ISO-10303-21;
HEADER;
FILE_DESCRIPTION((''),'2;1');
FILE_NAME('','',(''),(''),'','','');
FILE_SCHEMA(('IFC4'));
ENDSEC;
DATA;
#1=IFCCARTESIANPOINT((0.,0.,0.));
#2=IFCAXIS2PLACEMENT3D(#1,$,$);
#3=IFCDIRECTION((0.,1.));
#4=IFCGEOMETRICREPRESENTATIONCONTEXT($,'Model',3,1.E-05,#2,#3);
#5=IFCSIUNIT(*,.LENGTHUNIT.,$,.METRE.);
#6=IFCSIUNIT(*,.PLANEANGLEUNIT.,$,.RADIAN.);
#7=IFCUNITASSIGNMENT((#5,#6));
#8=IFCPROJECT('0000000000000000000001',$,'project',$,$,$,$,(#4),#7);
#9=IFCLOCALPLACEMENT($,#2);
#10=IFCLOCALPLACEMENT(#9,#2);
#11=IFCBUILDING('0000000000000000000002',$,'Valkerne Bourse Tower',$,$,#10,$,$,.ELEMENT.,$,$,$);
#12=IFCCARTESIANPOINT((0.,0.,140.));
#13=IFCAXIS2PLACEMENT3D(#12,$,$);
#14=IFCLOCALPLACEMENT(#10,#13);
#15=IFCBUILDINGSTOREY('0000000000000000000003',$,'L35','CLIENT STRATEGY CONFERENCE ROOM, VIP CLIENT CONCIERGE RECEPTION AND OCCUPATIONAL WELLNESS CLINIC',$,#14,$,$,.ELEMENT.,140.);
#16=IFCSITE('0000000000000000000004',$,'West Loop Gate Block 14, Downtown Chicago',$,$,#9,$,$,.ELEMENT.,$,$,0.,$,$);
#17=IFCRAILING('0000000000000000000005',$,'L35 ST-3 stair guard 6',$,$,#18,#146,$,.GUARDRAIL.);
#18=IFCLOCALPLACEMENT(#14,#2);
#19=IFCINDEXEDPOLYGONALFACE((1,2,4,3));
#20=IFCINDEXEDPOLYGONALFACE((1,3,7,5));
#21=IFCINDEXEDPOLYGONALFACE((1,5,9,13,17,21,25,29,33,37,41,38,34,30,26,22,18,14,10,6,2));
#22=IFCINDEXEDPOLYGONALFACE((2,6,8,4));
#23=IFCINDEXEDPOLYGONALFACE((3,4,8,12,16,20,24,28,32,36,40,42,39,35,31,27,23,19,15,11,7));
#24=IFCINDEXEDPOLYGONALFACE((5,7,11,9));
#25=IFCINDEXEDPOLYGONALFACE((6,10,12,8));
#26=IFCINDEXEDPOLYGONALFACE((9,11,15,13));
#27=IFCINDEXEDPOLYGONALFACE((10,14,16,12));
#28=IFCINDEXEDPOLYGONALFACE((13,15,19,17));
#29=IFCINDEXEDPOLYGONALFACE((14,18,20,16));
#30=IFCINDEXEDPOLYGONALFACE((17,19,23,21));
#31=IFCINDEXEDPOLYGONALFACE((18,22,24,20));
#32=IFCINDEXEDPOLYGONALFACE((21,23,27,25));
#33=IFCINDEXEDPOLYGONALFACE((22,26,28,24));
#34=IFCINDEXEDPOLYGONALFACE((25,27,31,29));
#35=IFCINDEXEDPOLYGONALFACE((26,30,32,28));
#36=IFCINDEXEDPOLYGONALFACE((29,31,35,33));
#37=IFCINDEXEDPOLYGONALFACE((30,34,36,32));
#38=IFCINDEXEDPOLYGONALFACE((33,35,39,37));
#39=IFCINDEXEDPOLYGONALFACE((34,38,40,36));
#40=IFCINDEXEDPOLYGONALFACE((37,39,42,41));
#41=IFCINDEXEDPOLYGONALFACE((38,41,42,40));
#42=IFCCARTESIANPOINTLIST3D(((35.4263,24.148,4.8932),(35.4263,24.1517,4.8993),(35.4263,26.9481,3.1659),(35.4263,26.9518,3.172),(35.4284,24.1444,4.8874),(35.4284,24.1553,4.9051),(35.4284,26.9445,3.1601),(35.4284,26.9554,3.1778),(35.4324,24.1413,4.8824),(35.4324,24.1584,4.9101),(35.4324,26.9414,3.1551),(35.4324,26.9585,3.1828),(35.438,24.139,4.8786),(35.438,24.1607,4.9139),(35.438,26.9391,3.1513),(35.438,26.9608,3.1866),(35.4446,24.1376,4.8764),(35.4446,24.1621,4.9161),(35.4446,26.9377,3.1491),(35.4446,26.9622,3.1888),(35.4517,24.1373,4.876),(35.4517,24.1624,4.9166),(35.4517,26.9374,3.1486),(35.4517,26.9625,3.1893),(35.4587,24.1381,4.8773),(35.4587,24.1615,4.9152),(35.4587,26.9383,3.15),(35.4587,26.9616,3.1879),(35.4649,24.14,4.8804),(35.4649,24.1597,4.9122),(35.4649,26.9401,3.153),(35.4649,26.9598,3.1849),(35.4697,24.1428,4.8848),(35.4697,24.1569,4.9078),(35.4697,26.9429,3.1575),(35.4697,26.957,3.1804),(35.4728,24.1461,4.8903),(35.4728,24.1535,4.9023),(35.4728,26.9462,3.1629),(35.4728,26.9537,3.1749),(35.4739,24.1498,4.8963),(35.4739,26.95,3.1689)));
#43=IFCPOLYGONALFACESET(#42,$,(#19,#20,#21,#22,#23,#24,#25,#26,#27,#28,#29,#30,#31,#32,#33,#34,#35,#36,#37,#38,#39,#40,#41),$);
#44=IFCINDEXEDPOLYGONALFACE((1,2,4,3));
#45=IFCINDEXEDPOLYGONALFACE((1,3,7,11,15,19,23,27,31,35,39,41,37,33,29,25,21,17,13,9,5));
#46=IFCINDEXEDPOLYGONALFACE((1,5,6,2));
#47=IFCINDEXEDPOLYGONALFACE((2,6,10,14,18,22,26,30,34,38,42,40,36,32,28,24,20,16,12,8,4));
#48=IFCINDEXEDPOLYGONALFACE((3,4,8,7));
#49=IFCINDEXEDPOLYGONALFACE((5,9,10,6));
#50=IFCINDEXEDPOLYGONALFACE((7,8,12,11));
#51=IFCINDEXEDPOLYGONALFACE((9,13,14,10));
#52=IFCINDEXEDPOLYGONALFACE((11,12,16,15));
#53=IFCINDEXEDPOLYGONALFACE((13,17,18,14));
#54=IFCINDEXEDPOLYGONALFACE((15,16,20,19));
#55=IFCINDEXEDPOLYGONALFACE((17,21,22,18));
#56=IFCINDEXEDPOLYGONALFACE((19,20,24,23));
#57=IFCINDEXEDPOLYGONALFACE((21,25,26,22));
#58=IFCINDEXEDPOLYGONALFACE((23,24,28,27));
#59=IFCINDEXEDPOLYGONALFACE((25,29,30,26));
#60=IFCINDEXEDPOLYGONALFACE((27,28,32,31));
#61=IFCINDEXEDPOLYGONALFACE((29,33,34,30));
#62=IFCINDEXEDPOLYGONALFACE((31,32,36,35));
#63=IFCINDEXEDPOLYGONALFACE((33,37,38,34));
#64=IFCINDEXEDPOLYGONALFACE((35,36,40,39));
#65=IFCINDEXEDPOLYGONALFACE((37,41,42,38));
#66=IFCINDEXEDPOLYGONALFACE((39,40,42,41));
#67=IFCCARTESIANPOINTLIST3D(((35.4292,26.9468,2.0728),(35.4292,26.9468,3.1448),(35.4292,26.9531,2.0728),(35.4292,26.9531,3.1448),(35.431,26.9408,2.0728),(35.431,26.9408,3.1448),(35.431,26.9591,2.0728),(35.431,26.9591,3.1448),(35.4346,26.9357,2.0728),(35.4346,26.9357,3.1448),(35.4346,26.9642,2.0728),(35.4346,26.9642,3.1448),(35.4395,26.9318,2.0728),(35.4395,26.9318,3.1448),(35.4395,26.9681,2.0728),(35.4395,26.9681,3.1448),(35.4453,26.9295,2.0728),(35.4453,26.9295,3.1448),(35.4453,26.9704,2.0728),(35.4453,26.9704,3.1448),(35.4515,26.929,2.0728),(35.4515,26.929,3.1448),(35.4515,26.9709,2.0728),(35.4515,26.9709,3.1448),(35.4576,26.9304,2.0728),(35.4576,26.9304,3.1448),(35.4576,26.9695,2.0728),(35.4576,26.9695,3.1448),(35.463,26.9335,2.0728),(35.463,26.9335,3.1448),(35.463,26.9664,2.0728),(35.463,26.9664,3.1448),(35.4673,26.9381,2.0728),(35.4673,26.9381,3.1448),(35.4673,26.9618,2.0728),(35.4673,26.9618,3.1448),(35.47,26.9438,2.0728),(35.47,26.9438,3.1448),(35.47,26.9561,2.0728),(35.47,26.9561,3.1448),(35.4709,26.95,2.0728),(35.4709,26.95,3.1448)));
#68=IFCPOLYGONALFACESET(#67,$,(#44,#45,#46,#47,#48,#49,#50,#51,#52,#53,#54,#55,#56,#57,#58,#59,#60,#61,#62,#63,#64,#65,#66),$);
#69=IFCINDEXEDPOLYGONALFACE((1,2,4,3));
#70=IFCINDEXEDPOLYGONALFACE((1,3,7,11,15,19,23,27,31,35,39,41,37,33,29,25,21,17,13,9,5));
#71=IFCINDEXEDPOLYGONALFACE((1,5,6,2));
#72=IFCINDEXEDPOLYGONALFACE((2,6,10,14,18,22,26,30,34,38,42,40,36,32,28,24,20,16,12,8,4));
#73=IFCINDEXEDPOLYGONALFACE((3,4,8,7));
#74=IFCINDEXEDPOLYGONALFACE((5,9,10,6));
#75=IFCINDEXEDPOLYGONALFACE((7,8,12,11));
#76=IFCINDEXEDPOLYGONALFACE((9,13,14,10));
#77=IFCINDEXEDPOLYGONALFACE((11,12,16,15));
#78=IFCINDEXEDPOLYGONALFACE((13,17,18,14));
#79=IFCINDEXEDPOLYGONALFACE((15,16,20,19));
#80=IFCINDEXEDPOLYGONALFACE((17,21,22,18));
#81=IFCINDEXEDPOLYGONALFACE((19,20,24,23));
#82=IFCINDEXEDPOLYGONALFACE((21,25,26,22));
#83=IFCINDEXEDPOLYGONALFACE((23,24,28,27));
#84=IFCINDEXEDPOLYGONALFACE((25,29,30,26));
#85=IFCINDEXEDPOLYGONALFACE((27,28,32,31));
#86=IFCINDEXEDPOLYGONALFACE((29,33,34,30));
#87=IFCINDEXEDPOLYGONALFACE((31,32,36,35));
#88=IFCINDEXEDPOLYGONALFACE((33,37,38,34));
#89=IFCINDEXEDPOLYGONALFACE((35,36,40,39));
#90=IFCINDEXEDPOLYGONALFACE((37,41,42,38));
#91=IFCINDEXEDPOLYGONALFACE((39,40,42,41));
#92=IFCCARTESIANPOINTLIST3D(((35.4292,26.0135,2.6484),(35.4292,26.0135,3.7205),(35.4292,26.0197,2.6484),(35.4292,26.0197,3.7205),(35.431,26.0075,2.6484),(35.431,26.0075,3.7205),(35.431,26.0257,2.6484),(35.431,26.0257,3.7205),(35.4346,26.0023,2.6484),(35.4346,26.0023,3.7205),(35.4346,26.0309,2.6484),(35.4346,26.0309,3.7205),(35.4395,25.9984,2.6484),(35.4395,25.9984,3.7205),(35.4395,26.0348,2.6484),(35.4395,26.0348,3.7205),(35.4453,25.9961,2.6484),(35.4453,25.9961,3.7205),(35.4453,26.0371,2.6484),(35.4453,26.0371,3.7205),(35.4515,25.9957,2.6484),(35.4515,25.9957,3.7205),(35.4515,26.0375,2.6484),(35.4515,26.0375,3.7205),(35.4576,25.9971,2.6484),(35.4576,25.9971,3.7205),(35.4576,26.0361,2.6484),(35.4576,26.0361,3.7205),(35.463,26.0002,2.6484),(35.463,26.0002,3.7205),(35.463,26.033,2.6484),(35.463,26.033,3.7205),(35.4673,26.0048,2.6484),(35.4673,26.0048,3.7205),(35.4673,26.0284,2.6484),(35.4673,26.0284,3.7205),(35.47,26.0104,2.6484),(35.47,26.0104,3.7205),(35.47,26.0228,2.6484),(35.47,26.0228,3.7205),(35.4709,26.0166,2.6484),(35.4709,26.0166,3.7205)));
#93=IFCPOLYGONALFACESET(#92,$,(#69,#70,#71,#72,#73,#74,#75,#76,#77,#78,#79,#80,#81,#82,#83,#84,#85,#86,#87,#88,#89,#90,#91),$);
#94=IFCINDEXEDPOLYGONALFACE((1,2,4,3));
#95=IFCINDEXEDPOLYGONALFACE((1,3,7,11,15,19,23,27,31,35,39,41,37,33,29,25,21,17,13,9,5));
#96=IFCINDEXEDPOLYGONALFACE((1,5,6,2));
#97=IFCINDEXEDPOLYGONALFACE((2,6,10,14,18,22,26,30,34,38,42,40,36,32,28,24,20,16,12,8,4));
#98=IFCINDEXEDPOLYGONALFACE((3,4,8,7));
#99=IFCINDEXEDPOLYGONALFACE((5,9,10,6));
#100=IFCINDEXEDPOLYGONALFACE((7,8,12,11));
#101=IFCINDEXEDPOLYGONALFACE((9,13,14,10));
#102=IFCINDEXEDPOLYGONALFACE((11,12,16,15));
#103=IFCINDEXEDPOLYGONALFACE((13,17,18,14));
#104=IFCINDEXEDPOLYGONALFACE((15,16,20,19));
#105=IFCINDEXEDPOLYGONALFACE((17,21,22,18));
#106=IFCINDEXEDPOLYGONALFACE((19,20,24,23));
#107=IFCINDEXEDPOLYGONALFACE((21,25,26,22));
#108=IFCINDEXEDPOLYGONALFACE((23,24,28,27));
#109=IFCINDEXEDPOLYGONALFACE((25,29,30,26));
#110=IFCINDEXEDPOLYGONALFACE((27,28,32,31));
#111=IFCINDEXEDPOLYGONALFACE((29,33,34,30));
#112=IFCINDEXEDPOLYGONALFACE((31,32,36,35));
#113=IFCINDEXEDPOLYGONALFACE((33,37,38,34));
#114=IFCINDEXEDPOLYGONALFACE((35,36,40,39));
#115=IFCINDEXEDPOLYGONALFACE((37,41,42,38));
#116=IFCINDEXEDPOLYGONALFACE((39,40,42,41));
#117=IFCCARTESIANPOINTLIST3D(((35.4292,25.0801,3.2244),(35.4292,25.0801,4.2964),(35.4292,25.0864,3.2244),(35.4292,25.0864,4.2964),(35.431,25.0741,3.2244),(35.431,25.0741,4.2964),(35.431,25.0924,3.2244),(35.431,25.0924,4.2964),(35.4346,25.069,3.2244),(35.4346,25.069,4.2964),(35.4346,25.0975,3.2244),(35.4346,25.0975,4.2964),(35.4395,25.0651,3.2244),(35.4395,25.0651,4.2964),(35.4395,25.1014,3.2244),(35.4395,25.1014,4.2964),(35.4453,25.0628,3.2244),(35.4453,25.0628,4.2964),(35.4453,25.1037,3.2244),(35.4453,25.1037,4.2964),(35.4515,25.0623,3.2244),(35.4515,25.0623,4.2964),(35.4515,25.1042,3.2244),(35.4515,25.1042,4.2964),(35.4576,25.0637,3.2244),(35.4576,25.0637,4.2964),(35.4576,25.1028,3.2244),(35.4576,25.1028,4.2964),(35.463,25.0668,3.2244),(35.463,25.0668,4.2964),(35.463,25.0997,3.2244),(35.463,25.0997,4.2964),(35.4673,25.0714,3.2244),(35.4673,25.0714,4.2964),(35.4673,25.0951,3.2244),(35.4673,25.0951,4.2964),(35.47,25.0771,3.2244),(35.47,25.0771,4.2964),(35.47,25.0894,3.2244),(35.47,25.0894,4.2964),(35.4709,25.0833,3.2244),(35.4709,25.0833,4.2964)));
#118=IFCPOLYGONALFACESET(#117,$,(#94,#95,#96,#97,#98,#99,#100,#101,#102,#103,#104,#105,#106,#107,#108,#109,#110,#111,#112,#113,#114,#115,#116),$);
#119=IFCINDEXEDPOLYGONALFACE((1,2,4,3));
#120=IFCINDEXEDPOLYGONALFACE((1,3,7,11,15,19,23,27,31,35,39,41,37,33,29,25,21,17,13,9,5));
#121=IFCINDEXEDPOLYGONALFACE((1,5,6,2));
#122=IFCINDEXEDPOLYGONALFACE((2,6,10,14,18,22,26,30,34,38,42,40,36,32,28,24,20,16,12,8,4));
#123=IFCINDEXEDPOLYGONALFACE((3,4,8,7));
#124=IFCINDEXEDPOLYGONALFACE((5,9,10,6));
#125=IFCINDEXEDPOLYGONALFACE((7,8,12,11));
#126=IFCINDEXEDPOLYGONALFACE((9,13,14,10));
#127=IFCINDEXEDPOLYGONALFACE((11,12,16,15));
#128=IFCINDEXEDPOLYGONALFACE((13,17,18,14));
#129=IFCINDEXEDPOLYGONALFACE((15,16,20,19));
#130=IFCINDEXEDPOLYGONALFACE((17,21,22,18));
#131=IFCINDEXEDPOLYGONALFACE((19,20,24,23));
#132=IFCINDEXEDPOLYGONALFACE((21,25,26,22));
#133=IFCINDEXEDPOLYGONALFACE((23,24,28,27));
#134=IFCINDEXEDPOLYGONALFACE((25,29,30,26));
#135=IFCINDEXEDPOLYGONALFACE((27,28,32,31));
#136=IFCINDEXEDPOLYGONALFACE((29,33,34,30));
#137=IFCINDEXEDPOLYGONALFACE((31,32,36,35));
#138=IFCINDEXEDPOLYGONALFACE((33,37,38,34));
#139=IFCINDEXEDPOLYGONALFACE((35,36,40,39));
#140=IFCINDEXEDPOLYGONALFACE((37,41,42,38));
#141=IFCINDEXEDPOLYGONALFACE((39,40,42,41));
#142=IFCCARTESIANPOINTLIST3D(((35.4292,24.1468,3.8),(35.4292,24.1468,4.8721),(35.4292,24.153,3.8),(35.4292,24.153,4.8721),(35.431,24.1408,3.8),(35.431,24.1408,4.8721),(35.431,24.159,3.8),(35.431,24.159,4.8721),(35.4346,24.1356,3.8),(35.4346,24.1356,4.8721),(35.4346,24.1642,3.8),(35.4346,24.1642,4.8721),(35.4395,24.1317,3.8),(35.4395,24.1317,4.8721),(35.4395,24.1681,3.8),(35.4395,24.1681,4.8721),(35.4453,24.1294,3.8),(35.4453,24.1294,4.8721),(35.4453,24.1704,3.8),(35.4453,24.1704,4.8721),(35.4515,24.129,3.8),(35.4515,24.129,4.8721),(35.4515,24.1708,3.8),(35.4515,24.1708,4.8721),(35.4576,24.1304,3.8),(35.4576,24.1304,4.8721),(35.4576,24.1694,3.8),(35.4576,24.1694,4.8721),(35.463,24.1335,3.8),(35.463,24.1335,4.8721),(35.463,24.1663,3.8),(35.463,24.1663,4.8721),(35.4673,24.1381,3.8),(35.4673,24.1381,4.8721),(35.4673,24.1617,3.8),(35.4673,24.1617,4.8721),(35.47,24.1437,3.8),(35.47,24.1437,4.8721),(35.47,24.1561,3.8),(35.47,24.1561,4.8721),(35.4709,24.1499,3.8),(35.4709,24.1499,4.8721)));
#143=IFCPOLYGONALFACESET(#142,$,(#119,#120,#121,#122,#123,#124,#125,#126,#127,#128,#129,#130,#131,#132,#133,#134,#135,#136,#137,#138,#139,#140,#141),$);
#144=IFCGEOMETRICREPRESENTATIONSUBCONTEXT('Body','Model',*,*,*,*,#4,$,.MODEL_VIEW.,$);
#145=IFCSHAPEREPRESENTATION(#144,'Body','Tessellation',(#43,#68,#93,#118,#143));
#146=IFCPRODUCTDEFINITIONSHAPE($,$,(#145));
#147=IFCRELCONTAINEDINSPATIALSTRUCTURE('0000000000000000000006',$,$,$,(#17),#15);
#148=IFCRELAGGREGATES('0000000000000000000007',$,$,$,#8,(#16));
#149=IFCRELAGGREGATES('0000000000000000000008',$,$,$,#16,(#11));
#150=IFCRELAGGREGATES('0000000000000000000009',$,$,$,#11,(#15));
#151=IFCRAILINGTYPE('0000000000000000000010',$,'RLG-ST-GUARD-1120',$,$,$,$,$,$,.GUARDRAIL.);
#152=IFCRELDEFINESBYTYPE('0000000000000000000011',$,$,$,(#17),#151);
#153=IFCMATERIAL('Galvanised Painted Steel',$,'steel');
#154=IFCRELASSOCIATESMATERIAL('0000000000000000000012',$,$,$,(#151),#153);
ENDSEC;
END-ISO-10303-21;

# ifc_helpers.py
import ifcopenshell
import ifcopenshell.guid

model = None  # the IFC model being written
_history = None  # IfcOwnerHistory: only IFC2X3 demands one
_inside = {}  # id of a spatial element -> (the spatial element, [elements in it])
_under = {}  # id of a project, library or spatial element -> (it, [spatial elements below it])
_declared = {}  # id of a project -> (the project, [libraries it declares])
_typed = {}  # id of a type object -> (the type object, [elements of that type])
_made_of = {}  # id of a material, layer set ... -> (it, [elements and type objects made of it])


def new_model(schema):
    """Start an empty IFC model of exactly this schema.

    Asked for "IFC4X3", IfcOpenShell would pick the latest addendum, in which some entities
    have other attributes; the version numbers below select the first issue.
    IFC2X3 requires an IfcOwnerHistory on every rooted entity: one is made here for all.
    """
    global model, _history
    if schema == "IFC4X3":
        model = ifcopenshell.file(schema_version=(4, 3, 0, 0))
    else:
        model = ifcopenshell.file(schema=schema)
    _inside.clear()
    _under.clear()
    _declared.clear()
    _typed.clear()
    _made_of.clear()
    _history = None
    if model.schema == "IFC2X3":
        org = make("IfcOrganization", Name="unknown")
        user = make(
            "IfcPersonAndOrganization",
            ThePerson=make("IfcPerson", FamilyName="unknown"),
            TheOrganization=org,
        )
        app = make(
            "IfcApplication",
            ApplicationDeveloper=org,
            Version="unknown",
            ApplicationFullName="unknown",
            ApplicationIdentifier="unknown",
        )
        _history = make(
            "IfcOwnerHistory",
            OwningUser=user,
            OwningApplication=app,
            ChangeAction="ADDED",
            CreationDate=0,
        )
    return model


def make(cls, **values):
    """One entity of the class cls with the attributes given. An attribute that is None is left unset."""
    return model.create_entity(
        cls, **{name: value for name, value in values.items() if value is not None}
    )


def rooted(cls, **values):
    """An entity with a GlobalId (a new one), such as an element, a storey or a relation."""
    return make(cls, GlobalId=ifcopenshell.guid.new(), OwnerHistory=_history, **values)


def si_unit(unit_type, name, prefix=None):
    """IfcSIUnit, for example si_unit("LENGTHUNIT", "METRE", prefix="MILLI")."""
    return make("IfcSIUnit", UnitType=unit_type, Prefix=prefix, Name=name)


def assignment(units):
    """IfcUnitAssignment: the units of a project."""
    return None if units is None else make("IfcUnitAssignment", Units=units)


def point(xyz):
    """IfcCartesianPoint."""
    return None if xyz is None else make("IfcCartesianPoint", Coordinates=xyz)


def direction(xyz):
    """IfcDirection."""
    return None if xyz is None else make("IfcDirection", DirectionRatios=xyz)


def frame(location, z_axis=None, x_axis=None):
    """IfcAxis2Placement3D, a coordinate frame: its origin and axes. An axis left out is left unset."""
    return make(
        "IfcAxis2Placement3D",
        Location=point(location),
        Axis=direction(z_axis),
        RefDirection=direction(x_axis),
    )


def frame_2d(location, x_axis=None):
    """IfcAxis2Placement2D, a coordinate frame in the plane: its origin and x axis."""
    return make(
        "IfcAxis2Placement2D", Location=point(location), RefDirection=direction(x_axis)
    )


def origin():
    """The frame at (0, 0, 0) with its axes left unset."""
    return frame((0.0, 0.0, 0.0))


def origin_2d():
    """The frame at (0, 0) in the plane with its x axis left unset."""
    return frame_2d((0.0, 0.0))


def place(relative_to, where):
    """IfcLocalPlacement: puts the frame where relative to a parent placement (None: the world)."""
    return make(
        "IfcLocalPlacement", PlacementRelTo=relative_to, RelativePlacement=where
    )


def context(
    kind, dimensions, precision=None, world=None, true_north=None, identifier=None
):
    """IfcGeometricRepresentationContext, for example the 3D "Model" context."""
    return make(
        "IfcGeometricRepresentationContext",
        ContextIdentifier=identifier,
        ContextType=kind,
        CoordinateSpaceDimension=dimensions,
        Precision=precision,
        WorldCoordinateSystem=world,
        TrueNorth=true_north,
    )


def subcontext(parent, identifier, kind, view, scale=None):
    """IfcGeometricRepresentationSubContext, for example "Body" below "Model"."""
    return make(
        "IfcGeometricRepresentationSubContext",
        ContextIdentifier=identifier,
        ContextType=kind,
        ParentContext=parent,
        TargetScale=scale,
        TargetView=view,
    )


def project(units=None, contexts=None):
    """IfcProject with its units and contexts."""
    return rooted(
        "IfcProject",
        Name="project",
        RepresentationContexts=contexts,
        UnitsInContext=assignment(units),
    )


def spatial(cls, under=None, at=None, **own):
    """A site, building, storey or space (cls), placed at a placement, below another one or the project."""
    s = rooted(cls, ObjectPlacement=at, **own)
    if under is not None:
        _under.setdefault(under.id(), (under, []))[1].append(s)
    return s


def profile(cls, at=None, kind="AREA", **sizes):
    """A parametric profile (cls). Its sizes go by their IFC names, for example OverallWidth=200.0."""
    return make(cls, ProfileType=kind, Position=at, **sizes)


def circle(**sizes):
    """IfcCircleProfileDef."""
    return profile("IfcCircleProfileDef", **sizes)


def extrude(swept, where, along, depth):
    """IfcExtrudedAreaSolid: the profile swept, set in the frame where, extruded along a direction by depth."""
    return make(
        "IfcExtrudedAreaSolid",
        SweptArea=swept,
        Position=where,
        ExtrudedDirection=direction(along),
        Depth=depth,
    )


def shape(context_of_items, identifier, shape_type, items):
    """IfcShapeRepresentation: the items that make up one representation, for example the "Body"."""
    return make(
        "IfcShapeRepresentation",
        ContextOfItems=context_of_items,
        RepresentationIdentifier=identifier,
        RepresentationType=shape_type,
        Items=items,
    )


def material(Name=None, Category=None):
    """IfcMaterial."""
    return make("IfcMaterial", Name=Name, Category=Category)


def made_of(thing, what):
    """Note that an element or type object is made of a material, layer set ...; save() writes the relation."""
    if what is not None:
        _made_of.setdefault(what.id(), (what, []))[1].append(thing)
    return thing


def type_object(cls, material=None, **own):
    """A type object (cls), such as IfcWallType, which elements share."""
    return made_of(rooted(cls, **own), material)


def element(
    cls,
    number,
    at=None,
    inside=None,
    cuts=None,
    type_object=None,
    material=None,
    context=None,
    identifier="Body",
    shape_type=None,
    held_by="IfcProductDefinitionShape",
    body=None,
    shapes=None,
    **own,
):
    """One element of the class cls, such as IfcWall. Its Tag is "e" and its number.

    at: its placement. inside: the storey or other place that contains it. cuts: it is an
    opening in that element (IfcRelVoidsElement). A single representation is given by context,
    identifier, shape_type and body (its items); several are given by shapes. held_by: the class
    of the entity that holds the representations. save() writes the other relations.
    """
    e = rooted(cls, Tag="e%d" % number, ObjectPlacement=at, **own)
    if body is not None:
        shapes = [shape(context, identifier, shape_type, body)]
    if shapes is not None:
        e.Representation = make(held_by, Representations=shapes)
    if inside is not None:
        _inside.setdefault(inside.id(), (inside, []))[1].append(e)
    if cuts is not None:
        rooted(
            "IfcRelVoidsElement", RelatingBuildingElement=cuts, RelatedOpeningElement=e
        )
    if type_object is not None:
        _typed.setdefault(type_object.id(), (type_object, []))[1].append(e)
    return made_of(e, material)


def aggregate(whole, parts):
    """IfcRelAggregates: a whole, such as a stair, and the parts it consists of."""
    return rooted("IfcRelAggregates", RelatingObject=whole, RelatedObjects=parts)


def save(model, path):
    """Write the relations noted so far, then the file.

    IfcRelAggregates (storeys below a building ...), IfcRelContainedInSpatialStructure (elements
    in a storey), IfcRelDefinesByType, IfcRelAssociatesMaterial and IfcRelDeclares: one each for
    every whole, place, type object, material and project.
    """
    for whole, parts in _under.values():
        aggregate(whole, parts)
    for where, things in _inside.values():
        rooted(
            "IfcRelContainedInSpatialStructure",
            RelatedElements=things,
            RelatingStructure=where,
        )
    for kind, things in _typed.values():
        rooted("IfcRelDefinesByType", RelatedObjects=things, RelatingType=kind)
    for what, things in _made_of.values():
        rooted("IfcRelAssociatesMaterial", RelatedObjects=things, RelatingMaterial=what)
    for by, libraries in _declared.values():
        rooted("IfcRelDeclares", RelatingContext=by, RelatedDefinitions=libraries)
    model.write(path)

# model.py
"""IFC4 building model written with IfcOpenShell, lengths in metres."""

from ifc_helpers import new_model, si_unit, direction, frame, origin, origin_2d, place, context, subcontext, project, spatial, circle, extrude, material, type_object, element, save


model = new_model("IFC4")

# Units and contexts
model_context = context("Model", 3, precision=1e-05, world=origin(), true_north=direction((0.0, 1.0)))
body_context = subcontext(model_context, "Body", "Model", "MODEL_VIEW")
ifc_project = project(units=[si_unit("LENGTHUNIT", "METRE"), si_unit("PLANEANGLEUNIT", "RADIAN")], contexts=[model_context])

# Site, building, storey
site_placement = place(None, origin())
site = spatial("IfcSite", under=ifc_project, at=site_placement, Name="West Loop Gate Block 14, Downtown Chicago", CompositionType="ELEMENT", RefElevation=0.0)
building_placement = place(site_placement, origin())
building = spatial("IfcBuilding", under=site, at=building_placement, Name="Valkerne Bourse Tower", CompositionType="ELEMENT")
storey_placement = place(building_placement, frame((0.0, 0.0, 140.0)))
storey = spatial("IfcBuildingStorey", under=building, at=storey_placement, Name="L35", Description="CLIENT STRATEGY CONFERENCE ROOM, VIP CLIENT CONCIERGE RECEPTION AND OCCUPATIONAL WELLNESS CLINIC", CompositionType="ELEMENT", Elevation=140.0)

# Railing
ifc_material_1 = material(Name="Galvanised Painted Steel", Category="steel")
railing_type_1 = type_object("IfcRailingType", Name="RLG-ST-GUARD-1120", PredefinedType="GUARDRAIL", material=ifc_material_1)
railing_1_placement = place(storey_placement, frame((35.45, 26.95, 2.0728)))
element("IfcRailing", 1, at=railing_1_placement, inside=storey, type_object=railing_type_1, Name="L35 ST-3 stair guard 6", PredefinedType="GUARDRAIL", context=body_context, shape_type="SweptSolid", body=[
    extrude(circle(Radius=0.0239, at=origin_2d()), frame((0.0, 0.0, 1.0962), z_axis=(0.0, -0.85109, 0.52502), x_axis=(1.0, 0.0, 0.0)), (0.0, 0.0, 1.0), 3.29),
    extrude(circle(Radius=0.021, at=origin_2d()), origin(), (0.0, 0.0, 1.0), 1.072),
    extrude(circle(Radius=0.021, at=origin_2d()), frame((0.0, -0.9333, 0.5757)), (0.0, 0.0, 1.0), 1.072),
    extrude(circle(Radius=0.021, at=origin_2d()), frame((0.0, -1.8667, 1.1516)), (0.0, 0.0, 1.0), 1.072),
    extrude(circle(Radius=0.021, at=origin_2d()), frame((0.0, -2.8, 1.7273)), (0.0, 0.0, 1.0), 1.072),
])

save(model, "model.ifc")
